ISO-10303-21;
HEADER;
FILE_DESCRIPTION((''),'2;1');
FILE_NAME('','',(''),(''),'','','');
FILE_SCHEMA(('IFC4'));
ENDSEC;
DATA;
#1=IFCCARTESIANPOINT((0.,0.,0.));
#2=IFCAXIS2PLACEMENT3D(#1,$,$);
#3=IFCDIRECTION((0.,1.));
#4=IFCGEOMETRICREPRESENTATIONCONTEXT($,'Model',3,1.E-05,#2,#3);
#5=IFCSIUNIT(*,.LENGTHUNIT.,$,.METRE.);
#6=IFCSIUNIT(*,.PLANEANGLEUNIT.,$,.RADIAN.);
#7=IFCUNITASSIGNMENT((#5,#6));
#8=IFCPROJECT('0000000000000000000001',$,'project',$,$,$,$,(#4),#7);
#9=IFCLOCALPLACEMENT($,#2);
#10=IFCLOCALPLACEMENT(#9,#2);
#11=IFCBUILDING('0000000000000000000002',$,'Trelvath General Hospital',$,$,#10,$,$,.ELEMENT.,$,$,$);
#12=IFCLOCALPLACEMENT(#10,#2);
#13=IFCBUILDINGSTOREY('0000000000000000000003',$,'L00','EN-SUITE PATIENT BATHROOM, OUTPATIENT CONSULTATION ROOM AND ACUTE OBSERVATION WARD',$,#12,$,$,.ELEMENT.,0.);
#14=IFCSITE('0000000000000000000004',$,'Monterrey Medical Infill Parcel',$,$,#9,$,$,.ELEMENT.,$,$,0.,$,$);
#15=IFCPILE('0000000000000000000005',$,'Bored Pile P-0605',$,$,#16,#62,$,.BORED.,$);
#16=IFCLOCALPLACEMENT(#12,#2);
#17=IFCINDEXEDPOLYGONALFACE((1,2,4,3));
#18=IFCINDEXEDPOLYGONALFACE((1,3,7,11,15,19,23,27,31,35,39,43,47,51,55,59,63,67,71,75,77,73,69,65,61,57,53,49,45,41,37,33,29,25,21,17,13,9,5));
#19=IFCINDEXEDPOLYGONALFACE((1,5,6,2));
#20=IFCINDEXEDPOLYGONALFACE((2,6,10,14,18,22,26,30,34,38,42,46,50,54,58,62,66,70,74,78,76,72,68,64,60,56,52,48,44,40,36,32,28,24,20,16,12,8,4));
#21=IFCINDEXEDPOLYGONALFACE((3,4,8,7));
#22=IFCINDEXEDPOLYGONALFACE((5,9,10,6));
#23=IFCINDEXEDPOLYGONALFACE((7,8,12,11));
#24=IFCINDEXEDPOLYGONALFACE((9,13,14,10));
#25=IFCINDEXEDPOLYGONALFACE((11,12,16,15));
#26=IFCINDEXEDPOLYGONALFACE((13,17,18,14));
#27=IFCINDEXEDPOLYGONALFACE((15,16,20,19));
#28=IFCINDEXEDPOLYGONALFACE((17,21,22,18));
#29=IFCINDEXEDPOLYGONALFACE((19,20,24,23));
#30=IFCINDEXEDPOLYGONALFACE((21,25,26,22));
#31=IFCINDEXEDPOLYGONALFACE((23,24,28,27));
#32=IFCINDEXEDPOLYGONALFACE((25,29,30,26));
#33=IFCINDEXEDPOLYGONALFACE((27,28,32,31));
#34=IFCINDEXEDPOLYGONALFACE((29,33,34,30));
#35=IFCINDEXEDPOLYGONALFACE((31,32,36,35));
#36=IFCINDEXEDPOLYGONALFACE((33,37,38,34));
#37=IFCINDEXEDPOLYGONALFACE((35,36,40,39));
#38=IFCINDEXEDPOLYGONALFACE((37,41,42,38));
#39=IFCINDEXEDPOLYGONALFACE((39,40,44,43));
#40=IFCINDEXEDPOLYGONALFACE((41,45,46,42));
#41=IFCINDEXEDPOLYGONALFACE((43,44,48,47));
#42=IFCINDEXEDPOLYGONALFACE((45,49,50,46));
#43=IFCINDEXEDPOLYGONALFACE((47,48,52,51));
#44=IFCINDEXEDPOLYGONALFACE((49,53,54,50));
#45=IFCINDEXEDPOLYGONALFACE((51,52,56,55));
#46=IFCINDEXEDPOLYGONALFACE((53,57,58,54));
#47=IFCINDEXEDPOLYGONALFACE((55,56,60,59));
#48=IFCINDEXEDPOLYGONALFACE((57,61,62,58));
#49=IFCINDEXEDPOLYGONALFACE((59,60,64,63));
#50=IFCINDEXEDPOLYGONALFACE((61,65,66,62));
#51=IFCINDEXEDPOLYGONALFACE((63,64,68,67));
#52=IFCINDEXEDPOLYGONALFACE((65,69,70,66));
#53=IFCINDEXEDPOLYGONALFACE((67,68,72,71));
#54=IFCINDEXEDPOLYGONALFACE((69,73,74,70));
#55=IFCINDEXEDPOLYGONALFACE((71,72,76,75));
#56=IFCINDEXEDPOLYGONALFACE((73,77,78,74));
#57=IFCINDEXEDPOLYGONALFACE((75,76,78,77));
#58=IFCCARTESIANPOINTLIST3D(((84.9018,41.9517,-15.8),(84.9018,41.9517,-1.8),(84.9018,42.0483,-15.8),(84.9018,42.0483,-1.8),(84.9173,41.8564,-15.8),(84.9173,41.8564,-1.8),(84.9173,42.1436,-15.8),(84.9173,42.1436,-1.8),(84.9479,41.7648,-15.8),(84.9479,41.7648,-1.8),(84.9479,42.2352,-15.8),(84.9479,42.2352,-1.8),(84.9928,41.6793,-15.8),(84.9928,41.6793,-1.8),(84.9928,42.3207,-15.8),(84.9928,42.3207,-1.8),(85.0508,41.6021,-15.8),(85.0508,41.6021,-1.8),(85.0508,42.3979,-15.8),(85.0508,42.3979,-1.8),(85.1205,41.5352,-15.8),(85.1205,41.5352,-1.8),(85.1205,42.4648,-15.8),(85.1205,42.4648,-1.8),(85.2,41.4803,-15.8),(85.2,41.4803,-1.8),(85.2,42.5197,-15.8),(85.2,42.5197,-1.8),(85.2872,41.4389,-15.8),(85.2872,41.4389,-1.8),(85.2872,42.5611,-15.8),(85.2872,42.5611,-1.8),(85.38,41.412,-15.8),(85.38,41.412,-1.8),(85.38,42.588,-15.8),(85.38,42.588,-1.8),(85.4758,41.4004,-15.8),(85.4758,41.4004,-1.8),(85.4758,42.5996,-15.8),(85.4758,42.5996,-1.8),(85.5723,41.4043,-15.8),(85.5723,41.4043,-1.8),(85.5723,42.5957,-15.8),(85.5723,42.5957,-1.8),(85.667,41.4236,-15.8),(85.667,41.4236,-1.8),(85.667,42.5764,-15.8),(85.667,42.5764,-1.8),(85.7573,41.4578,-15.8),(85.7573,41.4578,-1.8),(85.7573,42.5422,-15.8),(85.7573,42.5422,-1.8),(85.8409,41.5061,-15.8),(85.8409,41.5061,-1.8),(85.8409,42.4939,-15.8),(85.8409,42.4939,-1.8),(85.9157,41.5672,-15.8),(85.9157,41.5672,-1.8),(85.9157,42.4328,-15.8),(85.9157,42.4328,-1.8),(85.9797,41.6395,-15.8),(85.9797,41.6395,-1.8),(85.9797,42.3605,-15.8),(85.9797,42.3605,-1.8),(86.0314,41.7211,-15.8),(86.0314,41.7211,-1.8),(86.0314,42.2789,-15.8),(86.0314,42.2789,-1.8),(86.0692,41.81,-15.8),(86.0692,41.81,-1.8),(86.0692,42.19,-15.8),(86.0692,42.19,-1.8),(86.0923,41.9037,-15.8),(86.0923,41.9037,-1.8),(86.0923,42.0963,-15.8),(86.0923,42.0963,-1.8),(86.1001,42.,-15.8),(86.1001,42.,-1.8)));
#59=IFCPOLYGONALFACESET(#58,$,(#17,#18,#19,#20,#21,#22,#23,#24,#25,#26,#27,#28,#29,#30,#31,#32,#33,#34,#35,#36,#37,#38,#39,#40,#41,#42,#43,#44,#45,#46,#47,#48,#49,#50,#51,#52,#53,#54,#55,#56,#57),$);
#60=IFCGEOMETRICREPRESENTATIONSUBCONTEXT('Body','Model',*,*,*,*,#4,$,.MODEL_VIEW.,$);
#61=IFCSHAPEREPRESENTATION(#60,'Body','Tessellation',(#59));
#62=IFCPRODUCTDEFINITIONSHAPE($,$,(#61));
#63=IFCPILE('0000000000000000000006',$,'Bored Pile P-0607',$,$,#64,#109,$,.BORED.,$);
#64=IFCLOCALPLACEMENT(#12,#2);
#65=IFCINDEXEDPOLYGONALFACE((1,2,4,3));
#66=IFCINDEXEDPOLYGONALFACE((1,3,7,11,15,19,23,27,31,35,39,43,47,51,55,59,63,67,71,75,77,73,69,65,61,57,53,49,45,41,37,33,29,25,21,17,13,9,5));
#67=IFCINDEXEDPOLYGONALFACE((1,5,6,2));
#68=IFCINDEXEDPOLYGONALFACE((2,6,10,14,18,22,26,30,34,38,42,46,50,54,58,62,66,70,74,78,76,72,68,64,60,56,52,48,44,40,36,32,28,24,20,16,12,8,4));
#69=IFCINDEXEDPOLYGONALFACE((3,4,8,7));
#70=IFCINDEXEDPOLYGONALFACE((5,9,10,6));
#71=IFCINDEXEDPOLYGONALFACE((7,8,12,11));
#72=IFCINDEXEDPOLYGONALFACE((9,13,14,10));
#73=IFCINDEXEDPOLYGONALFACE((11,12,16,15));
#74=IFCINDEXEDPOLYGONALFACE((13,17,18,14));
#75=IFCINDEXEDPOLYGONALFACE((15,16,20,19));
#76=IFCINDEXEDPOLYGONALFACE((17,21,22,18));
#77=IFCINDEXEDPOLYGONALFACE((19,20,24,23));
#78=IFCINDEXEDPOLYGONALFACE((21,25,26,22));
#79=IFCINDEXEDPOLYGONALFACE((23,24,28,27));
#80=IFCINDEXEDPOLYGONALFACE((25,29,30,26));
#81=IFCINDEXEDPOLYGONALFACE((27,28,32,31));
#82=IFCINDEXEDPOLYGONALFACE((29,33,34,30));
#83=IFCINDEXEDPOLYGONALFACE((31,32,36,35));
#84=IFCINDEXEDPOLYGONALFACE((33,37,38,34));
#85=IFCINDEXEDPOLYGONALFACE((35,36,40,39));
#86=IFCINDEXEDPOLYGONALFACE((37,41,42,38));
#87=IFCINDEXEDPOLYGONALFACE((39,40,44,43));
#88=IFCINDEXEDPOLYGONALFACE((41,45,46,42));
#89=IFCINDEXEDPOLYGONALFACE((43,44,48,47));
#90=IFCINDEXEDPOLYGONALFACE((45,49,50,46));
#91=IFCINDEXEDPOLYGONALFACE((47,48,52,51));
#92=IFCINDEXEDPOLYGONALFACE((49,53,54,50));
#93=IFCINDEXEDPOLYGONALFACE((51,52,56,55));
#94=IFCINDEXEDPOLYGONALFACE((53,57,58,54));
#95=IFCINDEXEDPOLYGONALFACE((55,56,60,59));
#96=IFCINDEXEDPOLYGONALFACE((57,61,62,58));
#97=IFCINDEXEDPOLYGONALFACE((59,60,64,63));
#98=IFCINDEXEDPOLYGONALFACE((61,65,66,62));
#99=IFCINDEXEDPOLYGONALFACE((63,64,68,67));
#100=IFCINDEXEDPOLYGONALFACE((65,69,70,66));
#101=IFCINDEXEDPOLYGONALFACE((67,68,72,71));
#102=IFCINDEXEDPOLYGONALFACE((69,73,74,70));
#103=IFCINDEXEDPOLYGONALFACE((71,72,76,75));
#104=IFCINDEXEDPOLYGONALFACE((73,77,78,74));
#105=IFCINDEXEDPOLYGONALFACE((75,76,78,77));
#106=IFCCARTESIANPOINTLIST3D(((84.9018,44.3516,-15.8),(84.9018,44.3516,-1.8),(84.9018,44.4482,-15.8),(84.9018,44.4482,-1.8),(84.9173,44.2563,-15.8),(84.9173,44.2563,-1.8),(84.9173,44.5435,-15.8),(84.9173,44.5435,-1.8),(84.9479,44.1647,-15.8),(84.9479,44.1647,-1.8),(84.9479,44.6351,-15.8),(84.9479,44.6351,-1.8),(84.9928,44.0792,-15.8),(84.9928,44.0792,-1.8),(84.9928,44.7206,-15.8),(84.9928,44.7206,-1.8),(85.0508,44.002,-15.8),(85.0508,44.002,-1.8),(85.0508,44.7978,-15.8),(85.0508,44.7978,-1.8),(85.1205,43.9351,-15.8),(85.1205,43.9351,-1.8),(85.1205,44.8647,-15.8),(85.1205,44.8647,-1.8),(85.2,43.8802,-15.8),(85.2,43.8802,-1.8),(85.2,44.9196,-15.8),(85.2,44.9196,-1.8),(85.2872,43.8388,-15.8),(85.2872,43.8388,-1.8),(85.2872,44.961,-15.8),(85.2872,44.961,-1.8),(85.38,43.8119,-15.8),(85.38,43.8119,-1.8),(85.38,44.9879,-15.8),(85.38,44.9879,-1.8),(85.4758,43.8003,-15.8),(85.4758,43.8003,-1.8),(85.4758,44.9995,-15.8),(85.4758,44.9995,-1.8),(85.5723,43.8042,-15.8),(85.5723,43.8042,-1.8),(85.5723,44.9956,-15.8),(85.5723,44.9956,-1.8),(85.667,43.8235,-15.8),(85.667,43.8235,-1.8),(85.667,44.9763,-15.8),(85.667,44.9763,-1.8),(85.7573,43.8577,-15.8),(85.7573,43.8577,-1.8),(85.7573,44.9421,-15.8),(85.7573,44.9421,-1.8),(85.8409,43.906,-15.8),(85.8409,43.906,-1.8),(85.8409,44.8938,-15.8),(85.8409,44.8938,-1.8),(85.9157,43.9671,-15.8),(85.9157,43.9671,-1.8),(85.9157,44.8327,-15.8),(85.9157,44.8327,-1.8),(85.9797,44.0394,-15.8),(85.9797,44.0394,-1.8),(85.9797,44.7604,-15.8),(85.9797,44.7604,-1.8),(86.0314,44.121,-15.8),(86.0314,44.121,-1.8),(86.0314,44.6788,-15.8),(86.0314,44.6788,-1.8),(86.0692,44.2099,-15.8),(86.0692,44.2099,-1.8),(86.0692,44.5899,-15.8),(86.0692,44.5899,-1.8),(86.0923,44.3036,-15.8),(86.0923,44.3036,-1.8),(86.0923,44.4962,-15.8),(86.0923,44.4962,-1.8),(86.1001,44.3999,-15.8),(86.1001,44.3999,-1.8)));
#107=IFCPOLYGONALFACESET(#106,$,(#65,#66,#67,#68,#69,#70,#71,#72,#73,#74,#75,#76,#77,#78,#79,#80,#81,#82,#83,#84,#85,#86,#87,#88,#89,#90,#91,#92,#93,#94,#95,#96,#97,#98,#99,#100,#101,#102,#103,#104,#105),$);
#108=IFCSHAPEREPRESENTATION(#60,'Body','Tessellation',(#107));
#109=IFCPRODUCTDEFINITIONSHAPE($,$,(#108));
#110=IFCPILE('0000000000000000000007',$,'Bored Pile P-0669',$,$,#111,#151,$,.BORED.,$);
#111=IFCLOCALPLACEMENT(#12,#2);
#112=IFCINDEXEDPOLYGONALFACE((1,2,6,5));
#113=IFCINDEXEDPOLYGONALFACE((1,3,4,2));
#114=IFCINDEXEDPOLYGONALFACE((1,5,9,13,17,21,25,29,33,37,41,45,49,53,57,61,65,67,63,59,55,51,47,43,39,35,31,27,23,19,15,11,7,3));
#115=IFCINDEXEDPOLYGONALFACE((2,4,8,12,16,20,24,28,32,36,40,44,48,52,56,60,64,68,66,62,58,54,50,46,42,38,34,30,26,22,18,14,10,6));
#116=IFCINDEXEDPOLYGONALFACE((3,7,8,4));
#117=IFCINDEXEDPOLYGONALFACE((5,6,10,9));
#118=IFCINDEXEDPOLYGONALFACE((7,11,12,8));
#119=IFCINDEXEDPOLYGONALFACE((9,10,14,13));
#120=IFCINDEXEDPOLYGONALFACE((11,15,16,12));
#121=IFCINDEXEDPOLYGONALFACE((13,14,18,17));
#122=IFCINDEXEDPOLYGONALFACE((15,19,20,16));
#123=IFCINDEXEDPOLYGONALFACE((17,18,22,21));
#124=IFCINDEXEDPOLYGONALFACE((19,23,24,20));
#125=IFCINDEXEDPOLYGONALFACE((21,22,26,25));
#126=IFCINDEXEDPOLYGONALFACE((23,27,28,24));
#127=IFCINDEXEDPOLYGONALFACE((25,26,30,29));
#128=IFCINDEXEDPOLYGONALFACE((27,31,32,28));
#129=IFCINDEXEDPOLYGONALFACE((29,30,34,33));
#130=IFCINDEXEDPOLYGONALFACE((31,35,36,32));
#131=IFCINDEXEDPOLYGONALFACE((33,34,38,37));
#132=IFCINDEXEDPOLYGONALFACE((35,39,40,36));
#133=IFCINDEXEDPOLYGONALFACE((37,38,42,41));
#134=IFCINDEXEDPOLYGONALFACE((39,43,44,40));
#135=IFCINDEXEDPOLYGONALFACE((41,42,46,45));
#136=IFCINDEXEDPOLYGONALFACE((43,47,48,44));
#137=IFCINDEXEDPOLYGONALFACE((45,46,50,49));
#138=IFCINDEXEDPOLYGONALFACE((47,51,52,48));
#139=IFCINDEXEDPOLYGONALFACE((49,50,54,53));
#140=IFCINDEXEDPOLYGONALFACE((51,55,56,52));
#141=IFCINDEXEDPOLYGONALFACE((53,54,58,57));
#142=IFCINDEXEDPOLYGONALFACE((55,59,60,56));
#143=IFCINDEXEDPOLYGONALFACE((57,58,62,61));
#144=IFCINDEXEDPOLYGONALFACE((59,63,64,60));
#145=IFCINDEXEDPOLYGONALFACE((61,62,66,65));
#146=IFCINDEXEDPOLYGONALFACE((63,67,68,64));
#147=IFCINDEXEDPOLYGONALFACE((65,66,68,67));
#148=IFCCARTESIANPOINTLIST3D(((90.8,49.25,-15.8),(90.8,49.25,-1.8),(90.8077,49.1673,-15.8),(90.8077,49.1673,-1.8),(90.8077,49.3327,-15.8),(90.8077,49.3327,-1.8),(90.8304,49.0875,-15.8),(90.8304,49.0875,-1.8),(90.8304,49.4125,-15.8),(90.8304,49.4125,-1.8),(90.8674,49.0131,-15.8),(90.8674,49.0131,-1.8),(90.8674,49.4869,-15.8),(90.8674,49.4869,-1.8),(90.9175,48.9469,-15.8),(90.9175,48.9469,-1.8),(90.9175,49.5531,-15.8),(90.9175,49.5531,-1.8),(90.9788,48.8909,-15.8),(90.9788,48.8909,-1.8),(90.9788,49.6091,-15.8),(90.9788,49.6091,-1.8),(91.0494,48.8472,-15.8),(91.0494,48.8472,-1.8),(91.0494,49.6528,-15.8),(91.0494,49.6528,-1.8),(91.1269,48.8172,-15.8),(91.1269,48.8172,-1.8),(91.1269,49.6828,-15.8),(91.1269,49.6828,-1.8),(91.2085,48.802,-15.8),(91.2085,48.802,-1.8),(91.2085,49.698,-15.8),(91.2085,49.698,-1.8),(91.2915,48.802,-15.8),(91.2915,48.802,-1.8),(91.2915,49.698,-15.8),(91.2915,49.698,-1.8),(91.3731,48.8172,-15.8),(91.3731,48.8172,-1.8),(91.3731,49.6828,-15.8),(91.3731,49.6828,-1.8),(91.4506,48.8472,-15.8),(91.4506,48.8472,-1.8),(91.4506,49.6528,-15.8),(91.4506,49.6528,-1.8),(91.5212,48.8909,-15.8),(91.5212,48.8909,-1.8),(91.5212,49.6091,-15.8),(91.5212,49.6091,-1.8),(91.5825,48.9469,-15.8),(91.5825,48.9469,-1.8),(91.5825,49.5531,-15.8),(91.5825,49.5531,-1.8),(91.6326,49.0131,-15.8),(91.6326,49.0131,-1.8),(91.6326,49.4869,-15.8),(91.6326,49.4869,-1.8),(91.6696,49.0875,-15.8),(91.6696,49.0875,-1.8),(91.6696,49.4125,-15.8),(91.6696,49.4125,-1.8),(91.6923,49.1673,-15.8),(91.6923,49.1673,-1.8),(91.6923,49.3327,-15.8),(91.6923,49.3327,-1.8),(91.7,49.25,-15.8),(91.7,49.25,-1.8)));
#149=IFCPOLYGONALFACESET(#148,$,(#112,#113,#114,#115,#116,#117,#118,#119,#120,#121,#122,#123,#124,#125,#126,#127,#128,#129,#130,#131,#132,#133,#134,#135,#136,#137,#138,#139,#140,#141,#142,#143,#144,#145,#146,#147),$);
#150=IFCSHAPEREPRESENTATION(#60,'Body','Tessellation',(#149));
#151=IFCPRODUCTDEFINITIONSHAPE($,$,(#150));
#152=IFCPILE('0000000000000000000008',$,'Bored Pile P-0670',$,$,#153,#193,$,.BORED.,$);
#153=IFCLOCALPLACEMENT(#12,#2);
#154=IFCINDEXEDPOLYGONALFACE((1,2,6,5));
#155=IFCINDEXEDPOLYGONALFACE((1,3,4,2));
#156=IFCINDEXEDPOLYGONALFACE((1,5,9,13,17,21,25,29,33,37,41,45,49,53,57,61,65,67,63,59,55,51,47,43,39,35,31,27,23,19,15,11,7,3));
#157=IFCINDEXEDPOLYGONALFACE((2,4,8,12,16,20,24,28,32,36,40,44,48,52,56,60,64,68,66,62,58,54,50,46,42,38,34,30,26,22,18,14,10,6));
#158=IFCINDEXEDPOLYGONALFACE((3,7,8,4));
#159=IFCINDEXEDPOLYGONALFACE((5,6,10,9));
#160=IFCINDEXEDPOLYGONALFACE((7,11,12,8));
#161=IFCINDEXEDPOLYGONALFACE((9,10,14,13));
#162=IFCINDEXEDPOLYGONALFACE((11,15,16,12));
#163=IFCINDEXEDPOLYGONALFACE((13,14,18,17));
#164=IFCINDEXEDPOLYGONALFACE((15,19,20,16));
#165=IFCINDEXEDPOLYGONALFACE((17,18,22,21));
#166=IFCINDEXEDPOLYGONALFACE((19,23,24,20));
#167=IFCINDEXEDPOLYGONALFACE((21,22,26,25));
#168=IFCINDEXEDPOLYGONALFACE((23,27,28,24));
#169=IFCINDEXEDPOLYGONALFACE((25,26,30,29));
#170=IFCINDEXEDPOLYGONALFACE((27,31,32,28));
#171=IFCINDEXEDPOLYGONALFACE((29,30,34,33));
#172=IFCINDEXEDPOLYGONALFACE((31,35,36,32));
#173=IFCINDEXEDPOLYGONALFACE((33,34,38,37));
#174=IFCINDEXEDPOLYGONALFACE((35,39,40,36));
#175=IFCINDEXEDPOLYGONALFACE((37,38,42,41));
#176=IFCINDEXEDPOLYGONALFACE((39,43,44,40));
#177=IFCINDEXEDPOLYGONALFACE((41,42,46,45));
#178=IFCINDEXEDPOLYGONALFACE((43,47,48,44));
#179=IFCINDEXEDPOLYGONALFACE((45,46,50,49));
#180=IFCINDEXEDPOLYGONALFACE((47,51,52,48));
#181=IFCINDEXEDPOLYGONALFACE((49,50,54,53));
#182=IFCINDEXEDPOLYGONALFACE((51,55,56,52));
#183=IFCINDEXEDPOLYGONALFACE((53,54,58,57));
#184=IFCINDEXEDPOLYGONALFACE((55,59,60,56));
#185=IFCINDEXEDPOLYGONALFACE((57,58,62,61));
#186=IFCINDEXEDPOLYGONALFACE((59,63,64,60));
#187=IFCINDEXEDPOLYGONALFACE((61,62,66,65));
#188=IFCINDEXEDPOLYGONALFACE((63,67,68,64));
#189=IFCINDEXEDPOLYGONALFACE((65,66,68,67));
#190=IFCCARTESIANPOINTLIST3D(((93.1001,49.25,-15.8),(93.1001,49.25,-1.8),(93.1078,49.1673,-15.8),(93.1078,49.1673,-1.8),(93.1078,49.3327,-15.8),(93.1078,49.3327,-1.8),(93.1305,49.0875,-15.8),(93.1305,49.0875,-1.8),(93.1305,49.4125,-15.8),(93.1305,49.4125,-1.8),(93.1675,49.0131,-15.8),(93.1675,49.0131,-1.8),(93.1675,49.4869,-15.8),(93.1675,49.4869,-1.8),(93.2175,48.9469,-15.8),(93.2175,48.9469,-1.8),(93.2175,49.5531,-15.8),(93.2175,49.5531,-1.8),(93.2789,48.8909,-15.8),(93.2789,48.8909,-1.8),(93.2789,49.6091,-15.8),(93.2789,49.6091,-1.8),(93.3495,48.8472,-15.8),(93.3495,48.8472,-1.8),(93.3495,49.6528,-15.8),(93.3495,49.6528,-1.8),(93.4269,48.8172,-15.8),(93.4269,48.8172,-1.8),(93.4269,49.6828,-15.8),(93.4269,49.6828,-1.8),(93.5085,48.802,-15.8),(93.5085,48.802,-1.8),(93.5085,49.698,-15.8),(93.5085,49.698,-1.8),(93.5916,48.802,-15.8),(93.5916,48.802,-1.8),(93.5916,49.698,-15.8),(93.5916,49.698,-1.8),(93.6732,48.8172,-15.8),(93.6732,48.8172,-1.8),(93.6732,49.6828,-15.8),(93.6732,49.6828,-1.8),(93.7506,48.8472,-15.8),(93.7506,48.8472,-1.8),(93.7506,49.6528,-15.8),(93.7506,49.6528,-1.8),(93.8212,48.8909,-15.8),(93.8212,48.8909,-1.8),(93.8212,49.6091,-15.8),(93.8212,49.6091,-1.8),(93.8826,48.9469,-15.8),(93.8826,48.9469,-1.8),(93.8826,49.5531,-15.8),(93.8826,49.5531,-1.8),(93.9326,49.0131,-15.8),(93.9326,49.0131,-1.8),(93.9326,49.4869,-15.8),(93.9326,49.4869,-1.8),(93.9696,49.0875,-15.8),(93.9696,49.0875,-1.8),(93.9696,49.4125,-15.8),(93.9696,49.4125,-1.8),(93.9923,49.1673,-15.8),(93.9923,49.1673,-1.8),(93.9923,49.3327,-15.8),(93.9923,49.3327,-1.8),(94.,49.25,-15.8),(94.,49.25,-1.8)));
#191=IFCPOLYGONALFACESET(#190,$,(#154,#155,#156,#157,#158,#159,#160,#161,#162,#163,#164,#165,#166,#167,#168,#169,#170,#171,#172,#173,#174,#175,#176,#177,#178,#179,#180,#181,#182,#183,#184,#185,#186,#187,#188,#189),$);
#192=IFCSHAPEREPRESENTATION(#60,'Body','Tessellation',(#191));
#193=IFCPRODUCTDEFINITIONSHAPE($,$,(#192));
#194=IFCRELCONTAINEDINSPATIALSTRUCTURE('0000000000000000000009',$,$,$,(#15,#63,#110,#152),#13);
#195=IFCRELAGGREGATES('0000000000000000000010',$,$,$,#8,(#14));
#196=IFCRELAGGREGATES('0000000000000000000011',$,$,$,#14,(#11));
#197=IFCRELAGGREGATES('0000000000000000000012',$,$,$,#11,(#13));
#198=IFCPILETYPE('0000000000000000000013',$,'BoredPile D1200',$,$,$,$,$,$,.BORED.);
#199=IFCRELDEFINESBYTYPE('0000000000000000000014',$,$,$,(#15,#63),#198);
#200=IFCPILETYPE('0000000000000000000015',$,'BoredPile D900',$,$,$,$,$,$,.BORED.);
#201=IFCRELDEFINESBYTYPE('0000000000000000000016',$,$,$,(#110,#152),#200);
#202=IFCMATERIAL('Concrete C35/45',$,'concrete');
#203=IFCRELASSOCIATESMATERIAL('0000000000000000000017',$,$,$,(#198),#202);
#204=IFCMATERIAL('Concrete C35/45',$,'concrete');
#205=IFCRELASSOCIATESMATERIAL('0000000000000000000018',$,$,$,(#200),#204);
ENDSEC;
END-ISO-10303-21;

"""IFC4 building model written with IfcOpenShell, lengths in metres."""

from ifc_helpers import new_model, si_unit, direction, frame, origin, origin_2d, place, context, subcontext, project, spatial, circle, extrude, material, material_profile, profile_set, type_object, element, save


model = new_model("IFC4")

# Units and contexts
model_context = context("Model", 3, precision=1e-05, world=origin(), true_north=direction((0.0, 1.0)))
body_context = subcontext(model_context, "Body", "Model", "MODEL_VIEW")
ifc_project = project(units=[si_unit("LENGTHUNIT", "METRE"), si_unit("PLANEANGLEUNIT", "RADIAN")], contexts=[model_context])

# Site, building, storey
site_placement = place(None, origin())
site = spatial("IfcSite", under=ifc_project, at=site_placement, Name="Monterrey Medical Infill Parcel", CompositionType="ELEMENT", RefElevation=0.0)
building_placement = place(site_placement, origin())
building = spatial("IfcBuilding", under=site, at=building_placement, Name="Trelvath General Hospital", CompositionType="ELEMENT")
storey_placement = place(building_placement, origin())
storey = spatial("IfcBuildingStorey", under=building, at=storey_placement, Name="L00", Description="EN-SUITE PATIENT BATHROOM, OUTPATIENT CONSULTATION ROOM AND ACUTE OBSERVATION WARD", CompositionType="ELEMENT", Elevation=0.0)

# Piles
ifc_material_1 = material(Name="Concrete C35/45", Category="concrete")
ifc_material_profile_1 = material_profile(ifc_material_1, circle(Radius=0.6001, at=origin_2d()), Name="PILE1200")
ifc_profile_set_1 = profile_set([ifc_material_profile_1], Name="Concrete C35/45")
pile_type_1 = type_object("IfcPileType", Name="BoredPile D1200", PredefinedType="BORED", material=ifc_profile_set_1)
for number, where, z_axis, x_axis, name in (
    (1, (85.5, 42.0, -1.8), (0.0, 0.0, -1.0), (1.0, 0.0, 0.0), "Bored Pile P-0605"),
    (2, (85.5, 44.3999, -1.8), (0.0, 0.0, -1.0), (1.0, 0.0, 0.0), "Bored Pile P-0607"),
):
    element("IfcPile", number, at=place(storey_placement, frame(where, z_axis=z_axis, x_axis=x_axis)), inside=storey, type_object=pile_type_1, Name=name, PredefinedType="BORED", context=body_context, shape_type="SweptSolid", body=[
        extrude(circle(Radius=0.6001, at=origin_2d()), origin(), (0.0, 0.0, 1.0), 14.0),
    ])
ifc_material_2 = material(Name="Concrete C35/45", Category="concrete")
ifc_material_profile_2 = material_profile(ifc_material_2, circle(Radius=0.45, at=origin_2d()), Name="PILE900")
ifc_profile_set_2 = profile_set([ifc_material_profile_2], Name="Concrete C35/45")
pile_type_2 = type_object("IfcPileType", Name="BoredPile D900", PredefinedType="BORED", material=ifc_profile_set_2)
for number, where, z_axis, x_axis, name in (
    (3, (91.25, 49.25, -1.8), (0.0, 0.0, -1.0), (1.0, 0.0, 0.0), "Bored Pile P-0669"),
    (4, (93.55, 49.25, -1.8), (0.0, 0.0, -1.0), (1.0, 0.0, 0.0), "Bored Pile P-0670"),
):
    element("IfcPile", number, at=place(storey_placement, frame(where, z_axis=z_axis, x_axis=x_axis)), inside=storey, type_object=pile_type_2, Name=name, PredefinedType="BORED", context=body_context, shape_type="SweptSolid", body=[
        extrude(circle(Radius=0.45, at=origin_2d()), origin(), (0.0, 0.0, 1.0), 14.0),
    ])

save(model, "model.ifc")
